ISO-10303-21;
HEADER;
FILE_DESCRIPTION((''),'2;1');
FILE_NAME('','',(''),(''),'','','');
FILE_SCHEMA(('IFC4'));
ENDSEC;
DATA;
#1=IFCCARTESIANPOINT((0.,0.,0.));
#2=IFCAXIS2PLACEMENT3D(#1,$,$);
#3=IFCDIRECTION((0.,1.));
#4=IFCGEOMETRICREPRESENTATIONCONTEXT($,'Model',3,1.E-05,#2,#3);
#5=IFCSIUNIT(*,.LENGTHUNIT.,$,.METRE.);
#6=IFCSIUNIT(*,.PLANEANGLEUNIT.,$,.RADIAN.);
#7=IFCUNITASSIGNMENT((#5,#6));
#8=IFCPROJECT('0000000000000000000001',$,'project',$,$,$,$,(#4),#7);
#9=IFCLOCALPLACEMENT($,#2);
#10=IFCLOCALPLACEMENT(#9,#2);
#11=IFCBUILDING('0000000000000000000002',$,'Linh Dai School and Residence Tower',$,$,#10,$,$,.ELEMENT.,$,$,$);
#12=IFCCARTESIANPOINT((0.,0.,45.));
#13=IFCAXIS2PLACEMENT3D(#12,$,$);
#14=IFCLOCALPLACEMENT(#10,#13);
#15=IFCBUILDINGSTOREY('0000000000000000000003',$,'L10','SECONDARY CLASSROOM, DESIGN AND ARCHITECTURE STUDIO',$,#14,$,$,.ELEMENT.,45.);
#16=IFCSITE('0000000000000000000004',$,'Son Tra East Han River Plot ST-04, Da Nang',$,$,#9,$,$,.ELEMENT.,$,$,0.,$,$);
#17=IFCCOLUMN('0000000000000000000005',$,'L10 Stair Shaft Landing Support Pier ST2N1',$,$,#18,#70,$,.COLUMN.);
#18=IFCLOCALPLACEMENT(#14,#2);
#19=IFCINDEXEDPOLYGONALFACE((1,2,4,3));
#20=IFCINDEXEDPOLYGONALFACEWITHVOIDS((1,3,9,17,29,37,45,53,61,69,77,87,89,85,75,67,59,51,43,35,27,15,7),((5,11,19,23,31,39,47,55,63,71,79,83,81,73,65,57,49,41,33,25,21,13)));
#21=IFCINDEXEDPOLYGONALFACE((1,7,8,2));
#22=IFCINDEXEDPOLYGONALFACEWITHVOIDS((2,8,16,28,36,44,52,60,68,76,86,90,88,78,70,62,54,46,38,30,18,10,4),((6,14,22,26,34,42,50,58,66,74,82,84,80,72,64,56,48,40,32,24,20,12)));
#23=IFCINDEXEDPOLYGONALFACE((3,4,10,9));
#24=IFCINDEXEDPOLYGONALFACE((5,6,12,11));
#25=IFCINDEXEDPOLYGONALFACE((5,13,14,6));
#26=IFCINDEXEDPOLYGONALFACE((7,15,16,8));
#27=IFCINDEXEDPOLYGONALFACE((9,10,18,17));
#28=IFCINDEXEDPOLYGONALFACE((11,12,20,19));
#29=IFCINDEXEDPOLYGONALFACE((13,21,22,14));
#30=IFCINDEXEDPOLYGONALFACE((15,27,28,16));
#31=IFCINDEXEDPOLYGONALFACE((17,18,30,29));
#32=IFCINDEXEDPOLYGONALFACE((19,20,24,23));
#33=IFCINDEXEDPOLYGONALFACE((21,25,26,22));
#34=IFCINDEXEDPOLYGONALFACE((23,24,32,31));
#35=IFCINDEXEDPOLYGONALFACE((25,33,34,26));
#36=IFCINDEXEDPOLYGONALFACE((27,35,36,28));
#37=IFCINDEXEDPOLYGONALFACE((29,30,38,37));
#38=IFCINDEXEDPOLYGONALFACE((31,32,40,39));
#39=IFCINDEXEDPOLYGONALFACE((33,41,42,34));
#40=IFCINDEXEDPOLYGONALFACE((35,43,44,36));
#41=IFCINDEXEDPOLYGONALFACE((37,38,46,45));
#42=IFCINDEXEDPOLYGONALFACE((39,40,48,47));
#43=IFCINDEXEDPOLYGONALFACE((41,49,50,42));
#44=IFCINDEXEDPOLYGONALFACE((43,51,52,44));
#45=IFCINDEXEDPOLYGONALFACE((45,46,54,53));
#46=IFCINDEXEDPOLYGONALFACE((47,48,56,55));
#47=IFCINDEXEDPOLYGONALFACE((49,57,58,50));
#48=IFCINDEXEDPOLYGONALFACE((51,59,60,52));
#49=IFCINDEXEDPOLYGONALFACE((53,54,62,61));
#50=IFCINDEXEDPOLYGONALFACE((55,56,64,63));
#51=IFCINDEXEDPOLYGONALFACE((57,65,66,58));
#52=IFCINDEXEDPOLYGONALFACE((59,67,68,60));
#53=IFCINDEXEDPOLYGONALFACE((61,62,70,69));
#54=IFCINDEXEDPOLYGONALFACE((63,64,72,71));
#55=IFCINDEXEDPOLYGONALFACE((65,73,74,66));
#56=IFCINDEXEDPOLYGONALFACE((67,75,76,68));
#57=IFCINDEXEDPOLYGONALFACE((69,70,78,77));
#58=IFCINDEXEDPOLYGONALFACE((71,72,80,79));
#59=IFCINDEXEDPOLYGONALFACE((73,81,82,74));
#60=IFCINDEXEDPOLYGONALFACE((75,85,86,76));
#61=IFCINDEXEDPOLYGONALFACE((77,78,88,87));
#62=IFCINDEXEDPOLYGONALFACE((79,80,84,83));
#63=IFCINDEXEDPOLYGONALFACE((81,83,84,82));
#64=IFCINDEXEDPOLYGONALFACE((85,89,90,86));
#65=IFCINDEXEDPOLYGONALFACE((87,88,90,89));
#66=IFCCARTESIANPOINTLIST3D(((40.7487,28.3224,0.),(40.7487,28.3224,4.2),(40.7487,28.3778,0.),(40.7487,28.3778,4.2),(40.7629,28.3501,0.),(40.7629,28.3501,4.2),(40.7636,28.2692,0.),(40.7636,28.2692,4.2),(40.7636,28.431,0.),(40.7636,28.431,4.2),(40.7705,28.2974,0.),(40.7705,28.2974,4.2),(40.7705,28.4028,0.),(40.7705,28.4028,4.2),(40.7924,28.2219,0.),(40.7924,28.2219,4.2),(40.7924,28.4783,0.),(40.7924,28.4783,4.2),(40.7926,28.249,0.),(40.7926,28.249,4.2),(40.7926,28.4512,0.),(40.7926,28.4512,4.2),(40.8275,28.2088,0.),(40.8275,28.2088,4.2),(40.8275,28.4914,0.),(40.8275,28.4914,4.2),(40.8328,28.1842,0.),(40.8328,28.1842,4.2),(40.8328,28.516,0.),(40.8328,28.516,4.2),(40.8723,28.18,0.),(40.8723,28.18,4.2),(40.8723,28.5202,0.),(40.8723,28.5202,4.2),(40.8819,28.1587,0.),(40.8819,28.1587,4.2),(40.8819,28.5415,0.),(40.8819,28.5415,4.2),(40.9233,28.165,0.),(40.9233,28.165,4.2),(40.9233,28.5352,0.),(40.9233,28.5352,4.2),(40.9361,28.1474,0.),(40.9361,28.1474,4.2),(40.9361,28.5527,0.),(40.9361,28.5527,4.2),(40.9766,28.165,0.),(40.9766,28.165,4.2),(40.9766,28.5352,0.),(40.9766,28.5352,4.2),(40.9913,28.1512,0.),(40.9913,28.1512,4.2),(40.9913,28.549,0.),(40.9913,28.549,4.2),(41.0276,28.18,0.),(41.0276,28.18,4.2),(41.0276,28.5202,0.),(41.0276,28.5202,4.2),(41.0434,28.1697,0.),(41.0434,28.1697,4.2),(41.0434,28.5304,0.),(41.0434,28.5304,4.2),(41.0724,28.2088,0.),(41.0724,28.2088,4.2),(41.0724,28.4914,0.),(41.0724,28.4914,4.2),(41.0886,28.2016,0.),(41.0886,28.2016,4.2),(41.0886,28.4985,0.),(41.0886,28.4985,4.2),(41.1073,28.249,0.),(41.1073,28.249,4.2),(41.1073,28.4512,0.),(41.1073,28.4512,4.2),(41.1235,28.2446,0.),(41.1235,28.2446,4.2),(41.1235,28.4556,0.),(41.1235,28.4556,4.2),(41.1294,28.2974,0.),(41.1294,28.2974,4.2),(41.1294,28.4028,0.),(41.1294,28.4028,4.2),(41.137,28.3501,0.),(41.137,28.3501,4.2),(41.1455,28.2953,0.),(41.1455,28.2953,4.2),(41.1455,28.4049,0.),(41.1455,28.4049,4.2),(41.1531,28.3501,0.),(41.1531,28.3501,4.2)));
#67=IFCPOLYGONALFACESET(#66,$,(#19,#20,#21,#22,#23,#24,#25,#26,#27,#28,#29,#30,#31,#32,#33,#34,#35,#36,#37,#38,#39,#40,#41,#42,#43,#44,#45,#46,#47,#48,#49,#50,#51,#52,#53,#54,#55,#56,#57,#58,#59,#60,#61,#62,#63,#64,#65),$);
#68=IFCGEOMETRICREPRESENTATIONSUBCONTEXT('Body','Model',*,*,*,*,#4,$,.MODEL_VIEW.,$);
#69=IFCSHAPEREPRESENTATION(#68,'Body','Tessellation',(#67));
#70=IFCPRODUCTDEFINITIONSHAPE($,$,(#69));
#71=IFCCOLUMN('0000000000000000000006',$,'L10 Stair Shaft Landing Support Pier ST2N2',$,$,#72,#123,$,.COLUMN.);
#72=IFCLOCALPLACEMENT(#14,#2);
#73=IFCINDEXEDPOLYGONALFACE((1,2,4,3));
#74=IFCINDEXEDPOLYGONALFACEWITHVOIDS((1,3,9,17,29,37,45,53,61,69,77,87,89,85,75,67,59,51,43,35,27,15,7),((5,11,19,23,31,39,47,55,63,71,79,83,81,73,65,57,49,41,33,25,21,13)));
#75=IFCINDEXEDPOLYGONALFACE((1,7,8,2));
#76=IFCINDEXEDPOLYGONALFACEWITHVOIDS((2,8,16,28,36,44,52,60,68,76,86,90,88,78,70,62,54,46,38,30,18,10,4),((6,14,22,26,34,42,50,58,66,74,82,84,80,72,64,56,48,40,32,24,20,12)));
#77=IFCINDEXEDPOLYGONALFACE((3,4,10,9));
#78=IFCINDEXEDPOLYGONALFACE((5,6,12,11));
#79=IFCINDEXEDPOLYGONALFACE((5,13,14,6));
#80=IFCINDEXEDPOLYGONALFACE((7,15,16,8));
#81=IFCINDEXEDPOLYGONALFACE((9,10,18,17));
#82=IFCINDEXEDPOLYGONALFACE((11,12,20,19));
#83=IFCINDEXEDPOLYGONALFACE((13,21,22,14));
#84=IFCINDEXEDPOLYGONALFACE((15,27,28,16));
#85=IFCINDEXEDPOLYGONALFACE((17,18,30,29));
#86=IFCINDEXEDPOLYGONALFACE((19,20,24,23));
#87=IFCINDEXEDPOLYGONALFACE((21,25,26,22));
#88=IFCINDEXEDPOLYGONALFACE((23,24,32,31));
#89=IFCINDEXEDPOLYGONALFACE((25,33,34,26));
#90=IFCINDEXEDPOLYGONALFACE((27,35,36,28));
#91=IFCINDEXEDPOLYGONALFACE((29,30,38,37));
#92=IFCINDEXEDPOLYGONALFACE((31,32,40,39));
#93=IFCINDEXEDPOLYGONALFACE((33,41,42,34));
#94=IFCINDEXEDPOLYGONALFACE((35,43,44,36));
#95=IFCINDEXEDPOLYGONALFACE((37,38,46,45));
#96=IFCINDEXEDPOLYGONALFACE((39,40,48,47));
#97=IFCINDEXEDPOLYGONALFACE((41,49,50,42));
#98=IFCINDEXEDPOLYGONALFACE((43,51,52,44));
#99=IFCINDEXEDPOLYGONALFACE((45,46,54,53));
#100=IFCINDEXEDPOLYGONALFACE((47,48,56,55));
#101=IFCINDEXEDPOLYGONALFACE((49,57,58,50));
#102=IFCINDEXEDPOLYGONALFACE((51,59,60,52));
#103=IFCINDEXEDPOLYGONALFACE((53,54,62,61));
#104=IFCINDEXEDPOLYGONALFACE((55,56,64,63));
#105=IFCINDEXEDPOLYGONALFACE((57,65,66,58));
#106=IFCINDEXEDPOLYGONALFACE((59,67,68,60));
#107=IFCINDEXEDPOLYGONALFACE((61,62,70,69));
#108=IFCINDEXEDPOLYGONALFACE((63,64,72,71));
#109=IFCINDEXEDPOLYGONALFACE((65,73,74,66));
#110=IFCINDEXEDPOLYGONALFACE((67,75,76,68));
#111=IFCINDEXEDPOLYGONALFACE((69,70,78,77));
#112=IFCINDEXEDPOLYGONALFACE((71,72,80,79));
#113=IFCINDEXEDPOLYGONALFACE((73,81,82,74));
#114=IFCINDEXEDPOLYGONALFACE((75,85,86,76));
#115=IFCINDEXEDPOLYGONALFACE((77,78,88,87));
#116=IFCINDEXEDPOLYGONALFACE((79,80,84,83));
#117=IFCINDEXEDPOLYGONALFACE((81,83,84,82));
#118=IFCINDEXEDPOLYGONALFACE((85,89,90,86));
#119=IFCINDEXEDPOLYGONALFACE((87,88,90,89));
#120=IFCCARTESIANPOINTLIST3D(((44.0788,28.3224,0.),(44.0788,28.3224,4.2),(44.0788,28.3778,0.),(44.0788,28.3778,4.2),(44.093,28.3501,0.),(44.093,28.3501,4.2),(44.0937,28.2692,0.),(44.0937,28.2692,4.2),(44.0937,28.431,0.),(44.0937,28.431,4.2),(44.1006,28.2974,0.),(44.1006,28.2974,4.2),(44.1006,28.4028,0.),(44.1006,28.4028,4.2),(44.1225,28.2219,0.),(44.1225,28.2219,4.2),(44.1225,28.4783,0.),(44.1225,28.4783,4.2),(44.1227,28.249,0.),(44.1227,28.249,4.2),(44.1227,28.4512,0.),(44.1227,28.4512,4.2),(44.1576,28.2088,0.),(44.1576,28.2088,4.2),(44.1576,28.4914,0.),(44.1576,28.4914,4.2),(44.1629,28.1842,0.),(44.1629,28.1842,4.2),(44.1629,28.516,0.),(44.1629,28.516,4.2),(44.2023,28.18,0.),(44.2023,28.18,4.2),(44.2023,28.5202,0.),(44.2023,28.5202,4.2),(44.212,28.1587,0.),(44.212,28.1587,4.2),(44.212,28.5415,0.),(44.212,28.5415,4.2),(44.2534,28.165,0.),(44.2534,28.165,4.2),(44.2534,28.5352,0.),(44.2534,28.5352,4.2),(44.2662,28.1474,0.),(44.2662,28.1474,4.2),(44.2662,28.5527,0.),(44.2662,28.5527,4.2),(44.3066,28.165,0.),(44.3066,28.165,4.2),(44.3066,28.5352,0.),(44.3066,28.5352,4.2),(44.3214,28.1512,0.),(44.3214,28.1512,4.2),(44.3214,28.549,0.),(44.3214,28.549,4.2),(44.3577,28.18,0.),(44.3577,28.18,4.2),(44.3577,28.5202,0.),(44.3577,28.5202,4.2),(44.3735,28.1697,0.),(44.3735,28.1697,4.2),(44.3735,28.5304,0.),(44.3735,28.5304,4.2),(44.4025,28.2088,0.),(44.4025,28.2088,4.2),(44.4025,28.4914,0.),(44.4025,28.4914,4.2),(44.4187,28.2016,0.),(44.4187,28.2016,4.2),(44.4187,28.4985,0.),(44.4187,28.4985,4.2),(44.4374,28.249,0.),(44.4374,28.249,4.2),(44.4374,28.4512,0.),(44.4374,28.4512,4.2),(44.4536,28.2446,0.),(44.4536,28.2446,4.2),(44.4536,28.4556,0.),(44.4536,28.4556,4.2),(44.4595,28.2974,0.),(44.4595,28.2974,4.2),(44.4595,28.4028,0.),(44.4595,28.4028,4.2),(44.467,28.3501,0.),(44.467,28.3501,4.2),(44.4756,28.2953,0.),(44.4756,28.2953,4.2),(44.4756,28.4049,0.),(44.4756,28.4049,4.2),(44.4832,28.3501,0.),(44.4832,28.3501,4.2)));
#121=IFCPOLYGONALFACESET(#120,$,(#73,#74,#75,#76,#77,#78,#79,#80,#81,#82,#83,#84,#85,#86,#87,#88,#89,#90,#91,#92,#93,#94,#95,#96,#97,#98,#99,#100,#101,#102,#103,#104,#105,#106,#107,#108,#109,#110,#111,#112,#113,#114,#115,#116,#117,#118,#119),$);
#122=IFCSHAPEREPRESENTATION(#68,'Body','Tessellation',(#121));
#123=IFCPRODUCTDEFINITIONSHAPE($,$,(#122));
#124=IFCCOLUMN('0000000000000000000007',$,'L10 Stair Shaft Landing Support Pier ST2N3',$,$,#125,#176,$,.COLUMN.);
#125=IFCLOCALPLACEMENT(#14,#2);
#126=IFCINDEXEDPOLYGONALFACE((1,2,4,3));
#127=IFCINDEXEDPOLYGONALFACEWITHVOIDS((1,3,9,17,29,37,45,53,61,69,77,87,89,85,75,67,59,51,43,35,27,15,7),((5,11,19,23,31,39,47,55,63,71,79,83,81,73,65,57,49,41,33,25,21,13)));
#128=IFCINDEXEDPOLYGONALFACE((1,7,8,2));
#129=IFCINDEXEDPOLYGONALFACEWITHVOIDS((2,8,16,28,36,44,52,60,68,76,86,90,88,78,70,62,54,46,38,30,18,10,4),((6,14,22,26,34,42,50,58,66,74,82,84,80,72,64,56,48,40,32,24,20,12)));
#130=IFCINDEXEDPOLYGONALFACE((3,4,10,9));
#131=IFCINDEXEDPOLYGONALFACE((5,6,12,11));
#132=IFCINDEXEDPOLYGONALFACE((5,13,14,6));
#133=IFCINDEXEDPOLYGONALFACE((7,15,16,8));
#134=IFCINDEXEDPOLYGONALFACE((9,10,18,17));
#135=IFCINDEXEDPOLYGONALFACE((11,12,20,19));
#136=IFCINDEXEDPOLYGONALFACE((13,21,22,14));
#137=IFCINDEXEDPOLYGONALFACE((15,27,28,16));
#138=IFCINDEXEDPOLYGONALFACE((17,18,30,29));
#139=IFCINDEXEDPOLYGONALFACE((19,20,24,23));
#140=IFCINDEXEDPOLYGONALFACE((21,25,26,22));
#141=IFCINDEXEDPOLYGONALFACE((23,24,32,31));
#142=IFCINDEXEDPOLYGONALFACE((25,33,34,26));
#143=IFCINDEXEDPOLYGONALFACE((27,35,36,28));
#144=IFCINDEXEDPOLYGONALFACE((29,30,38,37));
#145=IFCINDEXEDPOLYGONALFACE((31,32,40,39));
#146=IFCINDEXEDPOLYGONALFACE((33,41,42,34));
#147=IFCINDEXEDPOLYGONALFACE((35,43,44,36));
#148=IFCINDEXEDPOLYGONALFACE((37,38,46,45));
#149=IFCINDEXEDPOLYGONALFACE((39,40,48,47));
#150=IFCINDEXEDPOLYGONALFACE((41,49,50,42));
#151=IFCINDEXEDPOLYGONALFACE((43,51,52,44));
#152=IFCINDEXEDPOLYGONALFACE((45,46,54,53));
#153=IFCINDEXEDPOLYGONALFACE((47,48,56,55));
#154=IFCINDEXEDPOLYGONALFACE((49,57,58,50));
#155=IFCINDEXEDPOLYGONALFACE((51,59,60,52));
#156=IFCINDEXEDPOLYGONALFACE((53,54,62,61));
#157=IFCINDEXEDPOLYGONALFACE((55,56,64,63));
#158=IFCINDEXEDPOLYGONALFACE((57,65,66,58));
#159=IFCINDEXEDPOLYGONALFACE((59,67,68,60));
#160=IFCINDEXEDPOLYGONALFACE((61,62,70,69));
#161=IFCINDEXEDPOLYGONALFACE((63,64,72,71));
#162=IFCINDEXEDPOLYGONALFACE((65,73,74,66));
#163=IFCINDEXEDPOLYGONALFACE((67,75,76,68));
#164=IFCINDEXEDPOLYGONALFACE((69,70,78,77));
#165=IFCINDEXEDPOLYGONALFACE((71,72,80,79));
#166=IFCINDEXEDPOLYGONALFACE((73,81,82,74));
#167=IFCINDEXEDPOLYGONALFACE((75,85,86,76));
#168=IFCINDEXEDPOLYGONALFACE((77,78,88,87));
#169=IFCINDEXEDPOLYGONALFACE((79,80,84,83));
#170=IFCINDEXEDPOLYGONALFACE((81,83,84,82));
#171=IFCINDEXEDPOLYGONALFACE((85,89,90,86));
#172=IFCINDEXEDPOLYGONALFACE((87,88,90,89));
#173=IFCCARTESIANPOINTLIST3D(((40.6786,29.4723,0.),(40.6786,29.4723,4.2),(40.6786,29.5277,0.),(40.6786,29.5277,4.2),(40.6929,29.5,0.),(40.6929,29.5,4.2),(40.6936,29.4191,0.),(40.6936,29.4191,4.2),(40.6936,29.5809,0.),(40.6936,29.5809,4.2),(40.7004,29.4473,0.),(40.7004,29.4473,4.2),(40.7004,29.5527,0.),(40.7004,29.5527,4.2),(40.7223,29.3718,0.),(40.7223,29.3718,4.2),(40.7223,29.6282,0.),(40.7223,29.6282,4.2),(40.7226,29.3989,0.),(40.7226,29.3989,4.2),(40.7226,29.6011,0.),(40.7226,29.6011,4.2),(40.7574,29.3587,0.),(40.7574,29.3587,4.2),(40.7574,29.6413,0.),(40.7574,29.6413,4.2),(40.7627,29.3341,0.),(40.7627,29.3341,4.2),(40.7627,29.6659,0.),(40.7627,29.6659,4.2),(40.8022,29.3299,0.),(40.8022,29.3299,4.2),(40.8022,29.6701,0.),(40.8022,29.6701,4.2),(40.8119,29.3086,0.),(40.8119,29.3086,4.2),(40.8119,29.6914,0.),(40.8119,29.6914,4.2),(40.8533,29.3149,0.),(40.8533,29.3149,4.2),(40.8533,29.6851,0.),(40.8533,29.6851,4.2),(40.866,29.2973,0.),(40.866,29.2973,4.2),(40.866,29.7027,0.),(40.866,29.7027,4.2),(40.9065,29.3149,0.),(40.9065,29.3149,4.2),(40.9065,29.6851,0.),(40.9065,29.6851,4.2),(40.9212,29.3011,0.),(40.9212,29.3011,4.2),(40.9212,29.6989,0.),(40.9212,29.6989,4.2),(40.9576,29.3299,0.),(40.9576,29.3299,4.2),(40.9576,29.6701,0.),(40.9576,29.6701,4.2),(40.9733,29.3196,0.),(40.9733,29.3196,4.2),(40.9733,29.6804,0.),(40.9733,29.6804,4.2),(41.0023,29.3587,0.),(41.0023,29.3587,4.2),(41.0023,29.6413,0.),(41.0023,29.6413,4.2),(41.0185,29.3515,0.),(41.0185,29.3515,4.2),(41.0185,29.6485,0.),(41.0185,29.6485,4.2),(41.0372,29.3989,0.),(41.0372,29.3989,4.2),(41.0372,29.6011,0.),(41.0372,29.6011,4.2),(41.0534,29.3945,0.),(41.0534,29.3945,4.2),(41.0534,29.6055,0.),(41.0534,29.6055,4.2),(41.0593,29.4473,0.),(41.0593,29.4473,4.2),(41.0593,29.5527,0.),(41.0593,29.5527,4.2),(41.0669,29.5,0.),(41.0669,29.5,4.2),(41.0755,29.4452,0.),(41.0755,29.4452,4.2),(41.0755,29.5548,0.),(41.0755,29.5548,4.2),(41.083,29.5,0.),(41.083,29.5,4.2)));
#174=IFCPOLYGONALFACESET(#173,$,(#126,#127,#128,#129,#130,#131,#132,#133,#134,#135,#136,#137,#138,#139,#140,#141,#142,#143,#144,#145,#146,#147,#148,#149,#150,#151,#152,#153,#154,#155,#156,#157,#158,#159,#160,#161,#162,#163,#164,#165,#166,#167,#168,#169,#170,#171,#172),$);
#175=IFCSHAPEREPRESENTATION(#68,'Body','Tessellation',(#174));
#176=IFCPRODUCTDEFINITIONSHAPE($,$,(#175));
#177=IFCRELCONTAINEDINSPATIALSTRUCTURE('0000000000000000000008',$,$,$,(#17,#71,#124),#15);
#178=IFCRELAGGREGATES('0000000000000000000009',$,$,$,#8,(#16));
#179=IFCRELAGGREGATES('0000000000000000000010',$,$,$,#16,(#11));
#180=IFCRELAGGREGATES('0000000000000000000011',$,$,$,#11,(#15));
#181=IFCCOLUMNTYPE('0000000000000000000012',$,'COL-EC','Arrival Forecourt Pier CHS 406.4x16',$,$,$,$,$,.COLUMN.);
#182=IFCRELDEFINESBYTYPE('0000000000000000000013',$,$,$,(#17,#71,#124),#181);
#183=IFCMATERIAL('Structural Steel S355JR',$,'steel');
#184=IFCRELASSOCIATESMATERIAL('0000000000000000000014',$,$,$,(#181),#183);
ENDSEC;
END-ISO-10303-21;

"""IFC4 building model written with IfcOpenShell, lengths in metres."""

from ifc_helpers import new_model, si_unit, direction, frame, origin, origin_2d, place, context, subcontext, project, spatial, hollow_circle, extrude, material, material_profile, profile_set, type_object, element, save


model = new_model("IFC4")

# Units and contexts
model_context = context("Model", 3, precision=1e-05, world=origin(), true_north=direction((0.0, 1.0)))
body_context = subcontext(model_context, "Body", "Model", "MODEL_VIEW")
ifc_project = project(units=[si_unit("LENGTHUNIT", "METRE"), si_unit("PLANEANGLEUNIT", "RADIAN")], contexts=[model_context])

# Site, building, storey
site_placement = place(None, origin())
site = spatial("IfcSite", under=ifc_project, at=site_placement, Name="Son Tra East Han River Plot ST-04, Da Nang", CompositionType="ELEMENT", RefElevation=0.0)
building_placement = place(site_placement, origin())
building = spatial("IfcBuilding", under=site, at=building_placement, Name="Linh Dai School and Residence Tower", CompositionType="ELEMENT")
storey_placement = place(building_placement, frame((0.0, 0.0, 45.0)))
storey = spatial("IfcBuildingStorey", under=building, at=storey_placement, Name="L10", Description="SECONDARY CLASSROOM, DESIGN AND ARCHITECTURE STUDIO", CompositionType="ELEMENT", Elevation=45.0)

# Columns
ifc_material_1 = material(Name="Structural Steel S355JR", Category="steel")
ifc_material_profile_1 = material_profile(ifc_material_1, hollow_circle(Radius=0.2031, WallThickness=0.0161, at=origin_2d()), Name="CHS 406.4x16")
ifc_profile_set_1 = profile_set([ifc_material_profile_1], Name="Structural Steel S355JR")
column_type_1 = type_object("IfcColumnType", Name="COL-EC", Description="Arrival Forecourt Pier CHS 406.4x16", PredefinedType="COLUMN", material=ifc_profile_set_1)
for number, where, z_axis, x_axis, name in (
    (1, (40.95, 28.3501, 0.0), (0.0, 0.0, 1.0), (1.0, 0.0, 0.0), "L10 Stair Shaft Landing Support Pier ST2N1"),
    (2, (44.28, 28.3501, 0.0), (0.0, 0.0, 1.0), (1.0, 0.0, 0.0), "L10 Stair Shaft Landing Support Pier ST2N2"),
    (3, (40.8799, 29.5, 0.0), (0.0, 0.0, 1.0), (1.0, 0.0, 0.0), "L10 Stair Shaft Landing Support Pier ST2N3"),
):
    element("IfcColumn", number, at=place(storey_placement, frame(where, z_axis=z_axis, x_axis=x_axis)), inside=storey, type_object=column_type_1, Name=name, PredefinedType="COLUMN", context=body_context, shape_type="SweptSolid", body=[
        extrude(hollow_circle(Radius=0.2031, WallThickness=0.0161, at=origin_2d()), origin(), (0.0, 0.0, 1.0), 4.2),
    ])

save(model, "model.ifc")
